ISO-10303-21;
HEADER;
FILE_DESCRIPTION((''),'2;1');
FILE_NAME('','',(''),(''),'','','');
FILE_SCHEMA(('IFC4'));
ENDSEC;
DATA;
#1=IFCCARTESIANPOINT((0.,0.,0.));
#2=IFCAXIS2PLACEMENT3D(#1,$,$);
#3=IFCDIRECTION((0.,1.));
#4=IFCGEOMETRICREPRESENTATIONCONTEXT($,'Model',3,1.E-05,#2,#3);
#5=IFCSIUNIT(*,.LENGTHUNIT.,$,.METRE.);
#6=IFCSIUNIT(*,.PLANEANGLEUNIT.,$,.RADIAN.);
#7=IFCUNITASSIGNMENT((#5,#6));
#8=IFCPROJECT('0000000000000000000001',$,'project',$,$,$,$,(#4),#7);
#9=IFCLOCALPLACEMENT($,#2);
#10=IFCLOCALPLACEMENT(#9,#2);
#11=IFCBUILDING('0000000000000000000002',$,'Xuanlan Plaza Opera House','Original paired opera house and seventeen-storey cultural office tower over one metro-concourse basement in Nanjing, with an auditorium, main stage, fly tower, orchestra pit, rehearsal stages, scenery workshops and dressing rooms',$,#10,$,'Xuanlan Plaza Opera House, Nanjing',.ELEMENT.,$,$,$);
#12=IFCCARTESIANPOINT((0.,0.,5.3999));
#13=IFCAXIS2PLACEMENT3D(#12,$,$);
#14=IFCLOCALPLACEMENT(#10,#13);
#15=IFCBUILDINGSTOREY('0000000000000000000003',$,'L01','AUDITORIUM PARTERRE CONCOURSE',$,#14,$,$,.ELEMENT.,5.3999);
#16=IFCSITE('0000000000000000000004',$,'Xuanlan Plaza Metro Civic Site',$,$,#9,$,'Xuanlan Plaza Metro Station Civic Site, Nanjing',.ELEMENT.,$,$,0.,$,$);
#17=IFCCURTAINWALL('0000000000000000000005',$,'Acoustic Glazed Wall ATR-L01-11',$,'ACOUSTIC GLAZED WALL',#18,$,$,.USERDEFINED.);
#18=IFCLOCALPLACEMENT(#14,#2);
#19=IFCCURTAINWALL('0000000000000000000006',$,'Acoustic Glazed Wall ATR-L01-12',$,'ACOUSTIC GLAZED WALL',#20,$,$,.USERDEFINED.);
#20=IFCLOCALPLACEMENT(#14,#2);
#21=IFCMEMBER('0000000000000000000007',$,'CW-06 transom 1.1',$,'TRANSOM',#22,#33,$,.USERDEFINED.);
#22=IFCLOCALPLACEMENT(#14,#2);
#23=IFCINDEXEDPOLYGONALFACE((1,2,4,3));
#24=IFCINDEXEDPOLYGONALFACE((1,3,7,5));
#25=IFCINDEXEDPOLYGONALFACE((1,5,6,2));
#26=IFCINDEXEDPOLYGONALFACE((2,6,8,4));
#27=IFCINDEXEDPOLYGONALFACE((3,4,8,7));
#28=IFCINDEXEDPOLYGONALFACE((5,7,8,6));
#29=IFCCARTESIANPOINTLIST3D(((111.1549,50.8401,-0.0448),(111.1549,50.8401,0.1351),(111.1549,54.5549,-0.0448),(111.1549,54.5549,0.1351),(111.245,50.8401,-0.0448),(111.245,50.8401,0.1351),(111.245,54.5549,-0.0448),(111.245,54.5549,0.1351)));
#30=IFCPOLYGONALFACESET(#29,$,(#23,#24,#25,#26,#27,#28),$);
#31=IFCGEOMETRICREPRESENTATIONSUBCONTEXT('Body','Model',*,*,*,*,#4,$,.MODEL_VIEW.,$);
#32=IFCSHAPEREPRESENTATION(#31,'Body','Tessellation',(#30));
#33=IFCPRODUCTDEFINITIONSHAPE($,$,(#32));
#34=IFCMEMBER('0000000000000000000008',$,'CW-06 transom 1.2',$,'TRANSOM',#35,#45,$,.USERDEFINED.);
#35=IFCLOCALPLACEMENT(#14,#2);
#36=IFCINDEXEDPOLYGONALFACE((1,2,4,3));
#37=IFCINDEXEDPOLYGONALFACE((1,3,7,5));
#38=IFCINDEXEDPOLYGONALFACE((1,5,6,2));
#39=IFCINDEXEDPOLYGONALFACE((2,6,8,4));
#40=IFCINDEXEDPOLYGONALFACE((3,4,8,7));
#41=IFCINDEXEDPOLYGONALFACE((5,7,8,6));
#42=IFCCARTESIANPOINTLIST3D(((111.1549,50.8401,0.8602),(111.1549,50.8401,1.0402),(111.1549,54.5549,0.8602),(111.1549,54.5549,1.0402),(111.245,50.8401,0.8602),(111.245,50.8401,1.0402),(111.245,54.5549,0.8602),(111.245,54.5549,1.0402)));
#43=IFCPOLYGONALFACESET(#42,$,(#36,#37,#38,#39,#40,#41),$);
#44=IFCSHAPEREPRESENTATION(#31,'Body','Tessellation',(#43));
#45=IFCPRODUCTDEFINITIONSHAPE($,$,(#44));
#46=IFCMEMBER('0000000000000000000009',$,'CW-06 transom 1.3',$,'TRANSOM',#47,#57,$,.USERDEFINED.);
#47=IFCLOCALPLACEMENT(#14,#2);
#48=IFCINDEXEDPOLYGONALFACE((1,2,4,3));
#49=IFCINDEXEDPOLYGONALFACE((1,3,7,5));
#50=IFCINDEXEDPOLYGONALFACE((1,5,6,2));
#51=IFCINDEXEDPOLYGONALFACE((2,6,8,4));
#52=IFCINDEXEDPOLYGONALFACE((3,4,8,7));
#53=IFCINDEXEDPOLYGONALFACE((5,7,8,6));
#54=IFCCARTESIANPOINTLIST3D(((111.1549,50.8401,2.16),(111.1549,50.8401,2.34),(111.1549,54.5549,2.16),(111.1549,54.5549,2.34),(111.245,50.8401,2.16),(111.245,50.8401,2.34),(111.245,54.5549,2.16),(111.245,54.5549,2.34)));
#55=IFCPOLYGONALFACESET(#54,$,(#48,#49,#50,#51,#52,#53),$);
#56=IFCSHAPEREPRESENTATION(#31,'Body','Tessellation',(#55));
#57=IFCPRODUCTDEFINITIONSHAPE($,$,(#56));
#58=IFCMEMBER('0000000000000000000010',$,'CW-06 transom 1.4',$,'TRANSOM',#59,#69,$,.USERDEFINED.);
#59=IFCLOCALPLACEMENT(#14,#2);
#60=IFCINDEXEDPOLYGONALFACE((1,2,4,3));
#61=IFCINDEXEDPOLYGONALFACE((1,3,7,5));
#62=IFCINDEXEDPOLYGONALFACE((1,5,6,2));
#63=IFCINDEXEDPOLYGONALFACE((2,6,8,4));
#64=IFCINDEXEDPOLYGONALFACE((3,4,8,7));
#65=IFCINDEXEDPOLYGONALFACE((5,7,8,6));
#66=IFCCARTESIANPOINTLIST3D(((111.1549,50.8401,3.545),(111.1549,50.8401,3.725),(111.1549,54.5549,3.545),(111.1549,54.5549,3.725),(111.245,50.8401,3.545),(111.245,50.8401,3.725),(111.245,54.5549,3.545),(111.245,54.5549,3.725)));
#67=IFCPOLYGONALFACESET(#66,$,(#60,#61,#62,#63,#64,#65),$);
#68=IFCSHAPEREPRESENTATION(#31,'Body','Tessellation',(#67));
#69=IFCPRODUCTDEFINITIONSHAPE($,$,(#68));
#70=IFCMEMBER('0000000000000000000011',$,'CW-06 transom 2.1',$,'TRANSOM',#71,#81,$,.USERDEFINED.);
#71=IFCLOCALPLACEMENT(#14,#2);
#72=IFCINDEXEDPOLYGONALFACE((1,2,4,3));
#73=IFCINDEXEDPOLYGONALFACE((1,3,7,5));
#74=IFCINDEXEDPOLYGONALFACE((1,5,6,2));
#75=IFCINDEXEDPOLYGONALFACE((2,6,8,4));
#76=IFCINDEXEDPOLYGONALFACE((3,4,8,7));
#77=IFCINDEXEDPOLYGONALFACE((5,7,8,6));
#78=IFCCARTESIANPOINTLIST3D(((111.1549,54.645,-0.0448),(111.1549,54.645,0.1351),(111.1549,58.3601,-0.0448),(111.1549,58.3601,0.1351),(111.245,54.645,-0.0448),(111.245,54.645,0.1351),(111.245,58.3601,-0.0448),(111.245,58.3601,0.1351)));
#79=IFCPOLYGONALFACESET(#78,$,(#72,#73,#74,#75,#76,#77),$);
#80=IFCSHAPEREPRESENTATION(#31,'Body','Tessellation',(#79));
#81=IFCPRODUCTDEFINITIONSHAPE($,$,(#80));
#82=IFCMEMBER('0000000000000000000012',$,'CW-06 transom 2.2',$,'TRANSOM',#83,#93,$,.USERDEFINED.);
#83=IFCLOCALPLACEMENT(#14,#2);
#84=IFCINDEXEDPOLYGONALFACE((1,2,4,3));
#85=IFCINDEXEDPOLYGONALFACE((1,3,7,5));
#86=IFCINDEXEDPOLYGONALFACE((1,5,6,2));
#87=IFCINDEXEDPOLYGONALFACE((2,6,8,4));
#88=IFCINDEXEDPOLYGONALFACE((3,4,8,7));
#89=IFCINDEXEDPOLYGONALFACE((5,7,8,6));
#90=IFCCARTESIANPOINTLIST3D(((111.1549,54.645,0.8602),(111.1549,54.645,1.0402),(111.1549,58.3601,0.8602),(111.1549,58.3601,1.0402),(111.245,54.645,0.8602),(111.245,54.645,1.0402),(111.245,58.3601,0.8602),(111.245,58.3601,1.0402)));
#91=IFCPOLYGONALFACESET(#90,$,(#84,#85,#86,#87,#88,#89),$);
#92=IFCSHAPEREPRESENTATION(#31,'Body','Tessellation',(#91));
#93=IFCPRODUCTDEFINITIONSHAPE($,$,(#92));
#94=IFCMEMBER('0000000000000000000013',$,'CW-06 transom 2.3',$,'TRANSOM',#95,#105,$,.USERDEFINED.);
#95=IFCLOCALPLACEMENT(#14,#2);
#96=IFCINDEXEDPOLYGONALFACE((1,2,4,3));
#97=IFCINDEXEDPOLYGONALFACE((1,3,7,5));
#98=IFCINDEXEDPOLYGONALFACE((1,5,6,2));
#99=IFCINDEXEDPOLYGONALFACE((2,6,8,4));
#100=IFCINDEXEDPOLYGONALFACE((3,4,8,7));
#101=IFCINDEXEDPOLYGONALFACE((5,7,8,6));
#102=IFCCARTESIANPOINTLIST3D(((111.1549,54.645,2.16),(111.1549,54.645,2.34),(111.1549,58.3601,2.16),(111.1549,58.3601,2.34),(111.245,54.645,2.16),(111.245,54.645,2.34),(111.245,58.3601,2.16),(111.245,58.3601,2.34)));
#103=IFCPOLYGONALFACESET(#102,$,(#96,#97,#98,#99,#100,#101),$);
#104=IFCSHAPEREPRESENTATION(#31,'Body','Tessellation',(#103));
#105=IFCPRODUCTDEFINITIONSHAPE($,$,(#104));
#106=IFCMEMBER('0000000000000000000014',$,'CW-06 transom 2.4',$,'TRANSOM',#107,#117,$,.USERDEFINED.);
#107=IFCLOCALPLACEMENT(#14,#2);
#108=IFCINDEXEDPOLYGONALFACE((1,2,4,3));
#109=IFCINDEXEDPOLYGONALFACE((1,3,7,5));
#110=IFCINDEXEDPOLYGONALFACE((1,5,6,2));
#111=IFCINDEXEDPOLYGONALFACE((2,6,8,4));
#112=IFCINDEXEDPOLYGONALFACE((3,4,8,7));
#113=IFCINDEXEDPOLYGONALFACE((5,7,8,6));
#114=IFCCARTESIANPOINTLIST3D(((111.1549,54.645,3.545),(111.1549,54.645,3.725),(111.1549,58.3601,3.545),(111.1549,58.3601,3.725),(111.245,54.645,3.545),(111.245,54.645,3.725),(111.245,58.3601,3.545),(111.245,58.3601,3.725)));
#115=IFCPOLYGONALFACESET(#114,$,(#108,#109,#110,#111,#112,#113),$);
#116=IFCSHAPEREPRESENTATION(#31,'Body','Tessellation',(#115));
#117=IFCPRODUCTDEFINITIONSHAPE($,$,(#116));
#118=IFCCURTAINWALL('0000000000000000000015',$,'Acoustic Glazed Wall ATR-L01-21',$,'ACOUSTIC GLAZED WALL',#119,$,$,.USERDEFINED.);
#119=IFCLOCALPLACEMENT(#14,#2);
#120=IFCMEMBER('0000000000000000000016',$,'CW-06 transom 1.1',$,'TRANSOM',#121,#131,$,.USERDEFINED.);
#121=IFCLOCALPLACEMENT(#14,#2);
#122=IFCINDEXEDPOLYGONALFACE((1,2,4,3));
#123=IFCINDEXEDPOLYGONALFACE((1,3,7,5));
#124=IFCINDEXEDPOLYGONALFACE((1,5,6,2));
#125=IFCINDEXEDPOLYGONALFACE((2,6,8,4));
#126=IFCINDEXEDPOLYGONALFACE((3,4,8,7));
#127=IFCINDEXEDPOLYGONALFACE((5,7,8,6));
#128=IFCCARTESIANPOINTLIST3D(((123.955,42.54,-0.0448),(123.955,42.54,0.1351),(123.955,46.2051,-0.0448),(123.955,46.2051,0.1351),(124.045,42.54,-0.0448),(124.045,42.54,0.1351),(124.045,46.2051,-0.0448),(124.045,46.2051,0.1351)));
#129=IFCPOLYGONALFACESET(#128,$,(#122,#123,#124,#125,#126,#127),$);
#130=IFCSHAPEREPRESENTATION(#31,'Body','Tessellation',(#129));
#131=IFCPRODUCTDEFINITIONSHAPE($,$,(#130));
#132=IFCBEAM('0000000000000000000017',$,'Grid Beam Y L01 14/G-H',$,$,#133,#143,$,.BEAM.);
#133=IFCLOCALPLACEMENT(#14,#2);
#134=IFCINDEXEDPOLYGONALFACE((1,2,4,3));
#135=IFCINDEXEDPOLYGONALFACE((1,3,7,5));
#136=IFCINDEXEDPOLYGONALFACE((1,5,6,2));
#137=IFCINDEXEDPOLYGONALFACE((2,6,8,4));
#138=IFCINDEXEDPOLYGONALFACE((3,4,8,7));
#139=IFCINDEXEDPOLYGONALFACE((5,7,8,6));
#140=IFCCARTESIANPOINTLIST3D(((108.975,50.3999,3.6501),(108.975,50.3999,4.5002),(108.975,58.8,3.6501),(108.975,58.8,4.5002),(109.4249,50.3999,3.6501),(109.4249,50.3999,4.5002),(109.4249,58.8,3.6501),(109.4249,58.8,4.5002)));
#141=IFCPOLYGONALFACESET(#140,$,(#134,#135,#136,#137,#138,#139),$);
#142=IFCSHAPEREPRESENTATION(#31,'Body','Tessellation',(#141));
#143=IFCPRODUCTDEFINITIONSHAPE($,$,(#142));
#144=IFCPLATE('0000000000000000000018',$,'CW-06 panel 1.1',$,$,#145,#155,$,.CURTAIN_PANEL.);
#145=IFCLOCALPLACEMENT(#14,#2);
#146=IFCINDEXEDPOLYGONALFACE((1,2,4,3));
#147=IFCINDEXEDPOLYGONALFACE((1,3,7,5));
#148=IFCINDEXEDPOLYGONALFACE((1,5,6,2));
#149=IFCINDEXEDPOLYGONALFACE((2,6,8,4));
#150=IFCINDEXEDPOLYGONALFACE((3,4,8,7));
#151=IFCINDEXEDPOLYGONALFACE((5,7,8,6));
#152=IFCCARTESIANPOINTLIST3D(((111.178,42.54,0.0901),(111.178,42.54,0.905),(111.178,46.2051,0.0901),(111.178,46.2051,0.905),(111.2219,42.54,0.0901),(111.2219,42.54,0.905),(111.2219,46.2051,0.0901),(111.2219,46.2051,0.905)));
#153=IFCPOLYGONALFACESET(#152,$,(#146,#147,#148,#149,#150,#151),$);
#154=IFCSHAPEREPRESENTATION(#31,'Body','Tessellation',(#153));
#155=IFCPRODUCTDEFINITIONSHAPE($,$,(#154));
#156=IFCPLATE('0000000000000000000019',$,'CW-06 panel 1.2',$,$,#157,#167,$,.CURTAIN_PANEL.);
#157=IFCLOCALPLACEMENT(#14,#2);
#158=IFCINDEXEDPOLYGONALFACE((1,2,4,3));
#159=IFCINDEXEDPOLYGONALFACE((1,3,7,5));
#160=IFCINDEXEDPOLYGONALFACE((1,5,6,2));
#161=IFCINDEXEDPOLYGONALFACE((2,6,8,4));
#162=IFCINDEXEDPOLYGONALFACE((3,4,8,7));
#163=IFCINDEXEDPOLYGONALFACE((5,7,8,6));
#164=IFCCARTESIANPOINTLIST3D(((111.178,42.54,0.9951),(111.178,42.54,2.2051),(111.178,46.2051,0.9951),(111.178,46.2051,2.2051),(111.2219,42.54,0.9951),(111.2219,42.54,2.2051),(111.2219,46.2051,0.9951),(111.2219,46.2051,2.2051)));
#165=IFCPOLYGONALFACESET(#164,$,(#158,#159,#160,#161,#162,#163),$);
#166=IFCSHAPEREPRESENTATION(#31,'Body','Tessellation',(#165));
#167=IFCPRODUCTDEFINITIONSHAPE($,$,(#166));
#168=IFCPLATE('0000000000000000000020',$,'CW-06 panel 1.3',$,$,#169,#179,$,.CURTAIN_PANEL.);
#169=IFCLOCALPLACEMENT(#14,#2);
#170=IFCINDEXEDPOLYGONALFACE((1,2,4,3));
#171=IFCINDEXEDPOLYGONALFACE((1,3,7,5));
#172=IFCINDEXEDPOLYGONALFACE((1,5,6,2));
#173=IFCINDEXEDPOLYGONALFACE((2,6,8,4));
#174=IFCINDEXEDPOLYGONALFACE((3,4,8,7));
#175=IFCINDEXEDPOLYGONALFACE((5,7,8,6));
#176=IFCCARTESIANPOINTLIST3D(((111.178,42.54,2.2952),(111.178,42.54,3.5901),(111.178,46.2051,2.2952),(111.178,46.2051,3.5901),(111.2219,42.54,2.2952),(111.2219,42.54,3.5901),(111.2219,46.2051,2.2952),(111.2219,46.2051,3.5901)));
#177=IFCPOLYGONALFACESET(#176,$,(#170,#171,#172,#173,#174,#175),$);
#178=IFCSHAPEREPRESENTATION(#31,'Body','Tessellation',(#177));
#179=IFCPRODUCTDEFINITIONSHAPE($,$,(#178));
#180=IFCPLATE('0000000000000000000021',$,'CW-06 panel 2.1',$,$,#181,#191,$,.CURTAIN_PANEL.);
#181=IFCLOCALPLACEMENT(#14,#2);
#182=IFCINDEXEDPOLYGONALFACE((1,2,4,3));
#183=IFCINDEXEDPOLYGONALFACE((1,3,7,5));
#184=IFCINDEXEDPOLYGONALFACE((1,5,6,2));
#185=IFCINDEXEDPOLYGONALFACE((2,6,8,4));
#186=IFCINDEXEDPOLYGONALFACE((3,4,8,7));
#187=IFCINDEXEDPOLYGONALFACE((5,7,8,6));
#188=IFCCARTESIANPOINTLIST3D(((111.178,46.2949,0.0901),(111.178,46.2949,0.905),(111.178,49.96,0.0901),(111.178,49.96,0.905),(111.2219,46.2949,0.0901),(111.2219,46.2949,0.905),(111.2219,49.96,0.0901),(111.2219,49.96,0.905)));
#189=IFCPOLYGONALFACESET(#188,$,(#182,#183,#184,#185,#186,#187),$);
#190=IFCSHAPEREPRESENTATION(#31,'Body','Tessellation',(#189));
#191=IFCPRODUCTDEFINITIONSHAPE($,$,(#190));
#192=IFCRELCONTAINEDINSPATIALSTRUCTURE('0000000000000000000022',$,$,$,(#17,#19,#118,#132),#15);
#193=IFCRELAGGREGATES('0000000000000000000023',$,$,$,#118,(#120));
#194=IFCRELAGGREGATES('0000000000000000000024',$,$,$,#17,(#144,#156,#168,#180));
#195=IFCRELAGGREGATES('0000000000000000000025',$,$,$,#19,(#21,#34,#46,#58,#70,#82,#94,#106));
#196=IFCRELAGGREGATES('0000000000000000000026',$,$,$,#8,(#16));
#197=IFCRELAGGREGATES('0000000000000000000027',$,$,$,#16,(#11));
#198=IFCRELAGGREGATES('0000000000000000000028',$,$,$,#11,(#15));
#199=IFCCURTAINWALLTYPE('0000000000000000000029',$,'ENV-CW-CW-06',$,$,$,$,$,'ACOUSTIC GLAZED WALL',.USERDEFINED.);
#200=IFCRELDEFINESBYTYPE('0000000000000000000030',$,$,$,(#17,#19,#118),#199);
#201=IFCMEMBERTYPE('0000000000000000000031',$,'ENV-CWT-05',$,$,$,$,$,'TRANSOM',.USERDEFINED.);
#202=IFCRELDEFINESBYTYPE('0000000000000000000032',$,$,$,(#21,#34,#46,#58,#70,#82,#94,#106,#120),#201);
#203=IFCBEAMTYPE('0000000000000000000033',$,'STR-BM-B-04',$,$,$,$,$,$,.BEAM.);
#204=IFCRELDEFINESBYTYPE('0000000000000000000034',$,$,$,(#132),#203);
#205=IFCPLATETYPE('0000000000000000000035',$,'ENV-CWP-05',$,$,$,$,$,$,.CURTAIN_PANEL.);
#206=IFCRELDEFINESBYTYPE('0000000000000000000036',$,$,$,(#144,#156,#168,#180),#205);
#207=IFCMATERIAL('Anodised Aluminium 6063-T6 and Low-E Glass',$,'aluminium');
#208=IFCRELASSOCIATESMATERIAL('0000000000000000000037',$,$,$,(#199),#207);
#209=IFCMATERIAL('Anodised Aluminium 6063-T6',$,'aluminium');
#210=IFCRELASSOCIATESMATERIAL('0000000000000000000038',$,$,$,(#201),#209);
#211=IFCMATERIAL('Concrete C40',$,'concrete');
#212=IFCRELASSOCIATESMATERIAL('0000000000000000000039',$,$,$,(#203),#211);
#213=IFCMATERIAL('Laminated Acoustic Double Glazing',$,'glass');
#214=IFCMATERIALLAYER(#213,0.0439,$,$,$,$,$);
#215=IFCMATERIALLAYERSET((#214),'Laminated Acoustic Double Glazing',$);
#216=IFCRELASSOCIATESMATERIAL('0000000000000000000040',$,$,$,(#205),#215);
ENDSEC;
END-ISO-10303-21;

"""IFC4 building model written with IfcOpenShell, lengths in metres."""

from ifc_helpers import new_model, si_unit, direction, frame, origin, origin_2d, place, context, subcontext, project, spatial, rectangle, extrude, material, layer, layer_set, material_profile, profile_set, type_object, element, aggregate, save


model = new_model("IFC4")

# Units and contexts
model_context = context("Model", 3, precision=1e-05, world=origin(), true_north=direction((0.0, 1.0)))
body_context = subcontext(model_context, "Body", "Model", "MODEL_VIEW")
ifc_project = project(units=[si_unit("LENGTHUNIT", "METRE"), si_unit("PLANEANGLEUNIT", "RADIAN")], contexts=[model_context])

# Site, building, storey
site_placement = place(None, origin())
site = spatial("IfcSite", under=ifc_project, at=site_placement, Name="Xuanlan Plaza Metro Civic Site", LongName="Xuanlan Plaza Metro Station Civic Site, Nanjing", CompositionType="ELEMENT", RefElevation=0.0)
building_placement = place(site_placement, origin())
building = spatial("IfcBuilding", under=site, at=building_placement, Name="Xuanlan Plaza Opera House", Description="Original paired opera house and seventeen-storey cultural office tower over one metro-concourse basement in Nanjing, with an auditorium, main stage, fly tower, orchestra pit, rehearsal stages, scenery workshops and dressing rooms", LongName="Xuanlan Plaza Opera House, Nanjing", CompositionType="ELEMENT")
storey_placement = place(building_placement, frame((0.0, 0.0, 5.3999)))
storey = spatial("IfcBuildingStorey", under=building, at=storey_placement, Name="L01", Description="AUDITORIUM PARTERRE CONCOURSE", CompositionType="ELEMENT", Elevation=5.3999)

# Curtain walls
ifc_material_1 = material(Name="Anodised Aluminium 6063-T6 and Low-E Glass", Category="aluminium")
curtain_wall_type = type_object("IfcCurtainWallType", Name="ENV-CW-CW-06", ElementType="ACOUSTIC GLAZED WALL", PredefinedType="USERDEFINED", material=ifc_material_1)
curtain_wall_1_placement = place(storey_placement, origin())
curtain_wall_1 = element("IfcCurtainWall", 1, at=curtain_wall_1_placement, inside=storey, type_object=curtain_wall_type, Name="Acoustic Glazed Wall ATR-L01-11", ObjectType="ACOUSTIC GLAZED WALL", PredefinedType="USERDEFINED")
ifc_material_2 = material(Name="Anodised Aluminium 6063-T6", Category="aluminium")
curtain_wall_2_placement = place(storey_placement, origin())
curtain_wall_2 = element("IfcCurtainWall", 2, at=curtain_wall_2_placement, inside=storey, type_object=curtain_wall_type, Name="Acoustic Glazed Wall ATR-L01-12", ObjectType="ACOUSTIC GLAZED WALL", PredefinedType="USERDEFINED")

# Members
ifc_material_profile_1 = material_profile(ifc_material_2, rectangle(XDim=0.0901, YDim=0.1799, at=origin_2d()), Name="ALU-T 90x180")
ifc_profile_set_1 = profile_set([ifc_material_profile_1], Name="Anodised Aluminium 6063-T6")
member_type_1 = type_object("IfcMemberType", Name="ENV-CWT-05", ElementType="TRANSOM", PredefinedType="USERDEFINED", material=ifc_profile_set_1)
member_1_placement = place(storey_placement, frame((111.2, 50.8401, 0.0452), z_axis=(0.0, 1.0, 0.0), x_axis=(-1.0, 0.0, 0.0)))
member_1 = element("IfcMember", 3, at=member_1_placement, type_object=member_type_1, Name="CW-06 transom 1.1", ObjectType="TRANSOM", PredefinedType="USERDEFINED", context=body_context, shape_type="SweptSolid", body=[
    extrude(rectangle(XDim=0.0901, YDim=0.1799, at=origin_2d()), origin(), (0.0, 0.0, 1.0), 3.7148),
])
member_2_placement = place(storey_placement, frame((111.2, 50.8401, 0.9502), z_axis=(0.0, 1.0, 0.0), x_axis=(-1.0, 0.0, 0.0)))
member_2 = element("IfcMember", 4, at=member_2_placement, type_object=member_type_1, Name="CW-06 transom 1.2", ObjectType="TRANSOM", PredefinedType="USERDEFINED", context=body_context, shape_type="SweptSolid", body=[
    extrude(rectangle(XDim=0.0901, YDim=0.1799, at=origin_2d()), origin(), (0.0, 0.0, 1.0), 3.7148),
])
member_3_placement = place(storey_placement, frame((111.2, 50.8401, 2.25), z_axis=(0.0, 1.0, 0.0), x_axis=(-1.0, 0.0, 0.0)))
member_3 = element("IfcMember", 5, at=member_3_placement, type_object=member_type_1, Name="CW-06 transom 1.3", ObjectType="TRANSOM", PredefinedType="USERDEFINED", context=body_context, shape_type="SweptSolid", body=[
    extrude(rectangle(XDim=0.0901, YDim=0.1799, at=origin_2d()), origin(), (0.0, 0.0, 1.0), 3.7148),
])
member_4_placement = place(storey_placement, frame((111.2, 50.8401, 3.635), z_axis=(0.0, 1.0, 0.0), x_axis=(-1.0, 0.0, 0.0)))
member_4 = element("IfcMember", 6, at=member_4_placement, type_object=member_type_1, Name="CW-06 transom 1.4", ObjectType="TRANSOM", PredefinedType="USERDEFINED", context=body_context, shape_type="SweptSolid", body=[
    extrude(rectangle(XDim=0.0901, YDim=0.1799, at=origin_2d()), origin(), (0.0, 0.0, 1.0), 3.7148),
])
member_5_placement = place(storey_placement, frame((111.2, 54.645, 0.0452), z_axis=(0.0, 1.0, 0.0), x_axis=(-1.0, 0.0, 0.0)))
member_5 = element("IfcMember", 7, at=member_5_placement, type_object=member_type_1, Name="CW-06 transom 2.1", ObjectType="TRANSOM", PredefinedType="USERDEFINED", context=body_context, shape_type="SweptSolid", body=[
    extrude(rectangle(XDim=0.0901, YDim=0.1799, at=origin_2d()), origin(), (0.0, 0.0, 1.0), 3.7151),
])
member_6_placement = place(storey_placement, frame((111.2, 54.645, 0.9502), z_axis=(0.0, 1.0, 0.0), x_axis=(-1.0, 0.0, 0.0)))
member_6 = element("IfcMember", 8, at=member_6_placement, type_object=member_type_1, Name="CW-06 transom 2.2", ObjectType="TRANSOM", PredefinedType="USERDEFINED", context=body_context, shape_type="SweptSolid", body=[
    extrude(rectangle(XDim=0.0901, YDim=0.1799, at=origin_2d()), origin(), (0.0, 0.0, 1.0), 3.7151),
])
member_7_placement = place(storey_placement, frame((111.2, 54.645, 2.25), z_axis=(0.0, 1.0, 0.0), x_axis=(-1.0, 0.0, 0.0)))
member_7 = element("IfcMember", 9, at=member_7_placement, type_object=member_type_1, Name="CW-06 transom 2.3", ObjectType="TRANSOM", PredefinedType="USERDEFINED", context=body_context, shape_type="SweptSolid", body=[
    extrude(rectangle(XDim=0.0901, YDim=0.1799, at=origin_2d()), origin(), (0.0, 0.0, 1.0), 3.7151),
])
member_8_placement = place(storey_placement, frame((111.2, 54.645, 3.635), z_axis=(0.0, 1.0, 0.0), x_axis=(-1.0, 0.0, 0.0)))
member_8 = element("IfcMember", 10, at=member_8_placement, type_object=member_type_1, Name="CW-06 transom 2.4", ObjectType="TRANSOM", PredefinedType="USERDEFINED", context=body_context, shape_type="SweptSolid", body=[
    extrude(rectangle(XDim=0.0901, YDim=0.1799, at=origin_2d()), origin(), (0.0, 0.0, 1.0), 3.7151),
])

# Curtain wall, member
curtain_wall_3_placement = place(storey_placement, origin())
curtain_wall_3 = element("IfcCurtainWall", 11, at=curtain_wall_3_placement, inside=storey, type_object=curtain_wall_type, Name="Acoustic Glazed Wall ATR-L01-21", ObjectType="ACOUSTIC GLAZED WALL", PredefinedType="USERDEFINED")
member_9_placement = place(storey_placement, frame((124.0, 42.54, 0.0452), z_axis=(0.0, 1.0, 0.0), x_axis=(-1.0, 0.0, 0.0)))
member_9 = element("IfcMember", 12, at=member_9_placement, type_object=member_type_1, Name="CW-06 transom 1.1", ObjectType="TRANSOM", PredefinedType="USERDEFINED", context=body_context, shape_type="SweptSolid", body=[
    extrude(rectangle(XDim=0.0901, YDim=0.1799, at=origin_2d()), origin(), (0.0, 0.0, 1.0), 3.665),
])
aggregate(curtain_wall_3, [member_9])

# Beam
ifc_material_3 = material(Name="Concrete C40", Category="concrete")
ifc_material_profile_2 = material_profile(ifc_material_3, rectangle(XDim=0.45, YDim=0.8501, at=origin_2d()), Name="RC-BM 450x850")
ifc_profile_set_2 = profile_set([ifc_material_profile_2], Name="Concrete C40")
beam_type = type_object("IfcBeamType", Name="STR-BM-B-04", PredefinedType="BEAM", material=ifc_profile_set_2)
beam_placement = place(storey_placement, frame((109.2, 50.3999, 4.0752), z_axis=(0.0, 1.0, 0.0), x_axis=(-1.0, 0.0, 0.0)))
element("IfcBeam", 13, at=beam_placement, inside=storey, type_object=beam_type, Name="Grid Beam Y L01 14/G-H", PredefinedType="BEAM", context=body_context, shape_type="SweptSolid", body=[
    extrude(rectangle(XDim=0.45, YDim=0.8501, at=origin_2d()), origin(), (0.0, 0.0, 1.0), 8.4001),
])

# Plates
ifc_material_4 = material(Name="Laminated Acoustic Double Glazing", Category="glass")
ifc_layer = layer(ifc_material_4, 0.0439)
ifc_layer_set = layer_set([ifc_layer], Name="Laminated Acoustic Double Glazing")
plate_type = type_object("IfcPlateType", Name="ENV-CWP-05", PredefinedType="CURTAIN_PANEL", material=ifc_layer_set)
plate_1_placement = place(storey_placement, frame((111.2, 44.3726, 0.0901), z_axis=(0.0, 0.0, 1.0), x_axis=(0.0, 1.0, 0.0)))
plate_1 = element("IfcPlate", 14, at=plate_1_placement, type_object=plate_type, Name="CW-06 panel 1.1", PredefinedType="CURTAIN_PANEL", context=body_context, shape_type="SweptSolid", body=[
    extrude(rectangle(XDim=3.665, YDim=0.0439, at=origin_2d()), origin(), (0.0, 0.0, 1.0), 0.8149),
])
plate_2_placement = place(storey_placement, frame((111.2, 44.3726, 0.9951), z_axis=(0.0, 0.0, 1.0), x_axis=(0.0, 1.0, 0.0)))
plate_2 = element("IfcPlate", 15, at=plate_2_placement, type_object=plate_type, Name="CW-06 panel 1.2", PredefinedType="CURTAIN_PANEL", context=body_context, shape_type="SweptSolid", body=[
    extrude(rectangle(XDim=3.665, YDim=0.0439, at=origin_2d()), origin(), (0.0, 0.0, 1.0), 1.21),
])
plate_3_placement = place(storey_placement, frame((111.2, 44.3726, 2.2952), z_axis=(0.0, 0.0, 1.0), x_axis=(0.0, 1.0, 0.0)))
plate_3 = element("IfcPlate", 16, at=plate_3_placement, type_object=plate_type, Name="CW-06 panel 1.3", PredefinedType="CURTAIN_PANEL", context=body_context, shape_type="SweptSolid", body=[
    extrude(rectangle(XDim=3.665, YDim=0.0439, at=origin_2d()), origin(), (0.0, 0.0, 1.0), 1.2949),
])
plate_4_placement = place(storey_placement, frame((111.2, 48.1274, 0.0901), z_axis=(0.0, 0.0, 1.0), x_axis=(0.0, 1.0, 0.0)))
plate_4 = element("IfcPlate", 17, at=plate_4_placement, type_object=plate_type, Name="CW-06 panel 2.1", PredefinedType="CURTAIN_PANEL", context=body_context, shape_type="SweptSolid", body=[
    extrude(rectangle(XDim=3.665, YDim=0.0439, at=origin_2d()), origin(), (0.0, 0.0, 1.0), 0.8149),
])
aggregate(curtain_wall_1, [plate_1, plate_2, plate_3, plate_4])
aggregate(curtain_wall_2, [member_1, member_2, member_3, member_4, member_5, member_6, member_7, member_8])

save(model, "model.ifc")
